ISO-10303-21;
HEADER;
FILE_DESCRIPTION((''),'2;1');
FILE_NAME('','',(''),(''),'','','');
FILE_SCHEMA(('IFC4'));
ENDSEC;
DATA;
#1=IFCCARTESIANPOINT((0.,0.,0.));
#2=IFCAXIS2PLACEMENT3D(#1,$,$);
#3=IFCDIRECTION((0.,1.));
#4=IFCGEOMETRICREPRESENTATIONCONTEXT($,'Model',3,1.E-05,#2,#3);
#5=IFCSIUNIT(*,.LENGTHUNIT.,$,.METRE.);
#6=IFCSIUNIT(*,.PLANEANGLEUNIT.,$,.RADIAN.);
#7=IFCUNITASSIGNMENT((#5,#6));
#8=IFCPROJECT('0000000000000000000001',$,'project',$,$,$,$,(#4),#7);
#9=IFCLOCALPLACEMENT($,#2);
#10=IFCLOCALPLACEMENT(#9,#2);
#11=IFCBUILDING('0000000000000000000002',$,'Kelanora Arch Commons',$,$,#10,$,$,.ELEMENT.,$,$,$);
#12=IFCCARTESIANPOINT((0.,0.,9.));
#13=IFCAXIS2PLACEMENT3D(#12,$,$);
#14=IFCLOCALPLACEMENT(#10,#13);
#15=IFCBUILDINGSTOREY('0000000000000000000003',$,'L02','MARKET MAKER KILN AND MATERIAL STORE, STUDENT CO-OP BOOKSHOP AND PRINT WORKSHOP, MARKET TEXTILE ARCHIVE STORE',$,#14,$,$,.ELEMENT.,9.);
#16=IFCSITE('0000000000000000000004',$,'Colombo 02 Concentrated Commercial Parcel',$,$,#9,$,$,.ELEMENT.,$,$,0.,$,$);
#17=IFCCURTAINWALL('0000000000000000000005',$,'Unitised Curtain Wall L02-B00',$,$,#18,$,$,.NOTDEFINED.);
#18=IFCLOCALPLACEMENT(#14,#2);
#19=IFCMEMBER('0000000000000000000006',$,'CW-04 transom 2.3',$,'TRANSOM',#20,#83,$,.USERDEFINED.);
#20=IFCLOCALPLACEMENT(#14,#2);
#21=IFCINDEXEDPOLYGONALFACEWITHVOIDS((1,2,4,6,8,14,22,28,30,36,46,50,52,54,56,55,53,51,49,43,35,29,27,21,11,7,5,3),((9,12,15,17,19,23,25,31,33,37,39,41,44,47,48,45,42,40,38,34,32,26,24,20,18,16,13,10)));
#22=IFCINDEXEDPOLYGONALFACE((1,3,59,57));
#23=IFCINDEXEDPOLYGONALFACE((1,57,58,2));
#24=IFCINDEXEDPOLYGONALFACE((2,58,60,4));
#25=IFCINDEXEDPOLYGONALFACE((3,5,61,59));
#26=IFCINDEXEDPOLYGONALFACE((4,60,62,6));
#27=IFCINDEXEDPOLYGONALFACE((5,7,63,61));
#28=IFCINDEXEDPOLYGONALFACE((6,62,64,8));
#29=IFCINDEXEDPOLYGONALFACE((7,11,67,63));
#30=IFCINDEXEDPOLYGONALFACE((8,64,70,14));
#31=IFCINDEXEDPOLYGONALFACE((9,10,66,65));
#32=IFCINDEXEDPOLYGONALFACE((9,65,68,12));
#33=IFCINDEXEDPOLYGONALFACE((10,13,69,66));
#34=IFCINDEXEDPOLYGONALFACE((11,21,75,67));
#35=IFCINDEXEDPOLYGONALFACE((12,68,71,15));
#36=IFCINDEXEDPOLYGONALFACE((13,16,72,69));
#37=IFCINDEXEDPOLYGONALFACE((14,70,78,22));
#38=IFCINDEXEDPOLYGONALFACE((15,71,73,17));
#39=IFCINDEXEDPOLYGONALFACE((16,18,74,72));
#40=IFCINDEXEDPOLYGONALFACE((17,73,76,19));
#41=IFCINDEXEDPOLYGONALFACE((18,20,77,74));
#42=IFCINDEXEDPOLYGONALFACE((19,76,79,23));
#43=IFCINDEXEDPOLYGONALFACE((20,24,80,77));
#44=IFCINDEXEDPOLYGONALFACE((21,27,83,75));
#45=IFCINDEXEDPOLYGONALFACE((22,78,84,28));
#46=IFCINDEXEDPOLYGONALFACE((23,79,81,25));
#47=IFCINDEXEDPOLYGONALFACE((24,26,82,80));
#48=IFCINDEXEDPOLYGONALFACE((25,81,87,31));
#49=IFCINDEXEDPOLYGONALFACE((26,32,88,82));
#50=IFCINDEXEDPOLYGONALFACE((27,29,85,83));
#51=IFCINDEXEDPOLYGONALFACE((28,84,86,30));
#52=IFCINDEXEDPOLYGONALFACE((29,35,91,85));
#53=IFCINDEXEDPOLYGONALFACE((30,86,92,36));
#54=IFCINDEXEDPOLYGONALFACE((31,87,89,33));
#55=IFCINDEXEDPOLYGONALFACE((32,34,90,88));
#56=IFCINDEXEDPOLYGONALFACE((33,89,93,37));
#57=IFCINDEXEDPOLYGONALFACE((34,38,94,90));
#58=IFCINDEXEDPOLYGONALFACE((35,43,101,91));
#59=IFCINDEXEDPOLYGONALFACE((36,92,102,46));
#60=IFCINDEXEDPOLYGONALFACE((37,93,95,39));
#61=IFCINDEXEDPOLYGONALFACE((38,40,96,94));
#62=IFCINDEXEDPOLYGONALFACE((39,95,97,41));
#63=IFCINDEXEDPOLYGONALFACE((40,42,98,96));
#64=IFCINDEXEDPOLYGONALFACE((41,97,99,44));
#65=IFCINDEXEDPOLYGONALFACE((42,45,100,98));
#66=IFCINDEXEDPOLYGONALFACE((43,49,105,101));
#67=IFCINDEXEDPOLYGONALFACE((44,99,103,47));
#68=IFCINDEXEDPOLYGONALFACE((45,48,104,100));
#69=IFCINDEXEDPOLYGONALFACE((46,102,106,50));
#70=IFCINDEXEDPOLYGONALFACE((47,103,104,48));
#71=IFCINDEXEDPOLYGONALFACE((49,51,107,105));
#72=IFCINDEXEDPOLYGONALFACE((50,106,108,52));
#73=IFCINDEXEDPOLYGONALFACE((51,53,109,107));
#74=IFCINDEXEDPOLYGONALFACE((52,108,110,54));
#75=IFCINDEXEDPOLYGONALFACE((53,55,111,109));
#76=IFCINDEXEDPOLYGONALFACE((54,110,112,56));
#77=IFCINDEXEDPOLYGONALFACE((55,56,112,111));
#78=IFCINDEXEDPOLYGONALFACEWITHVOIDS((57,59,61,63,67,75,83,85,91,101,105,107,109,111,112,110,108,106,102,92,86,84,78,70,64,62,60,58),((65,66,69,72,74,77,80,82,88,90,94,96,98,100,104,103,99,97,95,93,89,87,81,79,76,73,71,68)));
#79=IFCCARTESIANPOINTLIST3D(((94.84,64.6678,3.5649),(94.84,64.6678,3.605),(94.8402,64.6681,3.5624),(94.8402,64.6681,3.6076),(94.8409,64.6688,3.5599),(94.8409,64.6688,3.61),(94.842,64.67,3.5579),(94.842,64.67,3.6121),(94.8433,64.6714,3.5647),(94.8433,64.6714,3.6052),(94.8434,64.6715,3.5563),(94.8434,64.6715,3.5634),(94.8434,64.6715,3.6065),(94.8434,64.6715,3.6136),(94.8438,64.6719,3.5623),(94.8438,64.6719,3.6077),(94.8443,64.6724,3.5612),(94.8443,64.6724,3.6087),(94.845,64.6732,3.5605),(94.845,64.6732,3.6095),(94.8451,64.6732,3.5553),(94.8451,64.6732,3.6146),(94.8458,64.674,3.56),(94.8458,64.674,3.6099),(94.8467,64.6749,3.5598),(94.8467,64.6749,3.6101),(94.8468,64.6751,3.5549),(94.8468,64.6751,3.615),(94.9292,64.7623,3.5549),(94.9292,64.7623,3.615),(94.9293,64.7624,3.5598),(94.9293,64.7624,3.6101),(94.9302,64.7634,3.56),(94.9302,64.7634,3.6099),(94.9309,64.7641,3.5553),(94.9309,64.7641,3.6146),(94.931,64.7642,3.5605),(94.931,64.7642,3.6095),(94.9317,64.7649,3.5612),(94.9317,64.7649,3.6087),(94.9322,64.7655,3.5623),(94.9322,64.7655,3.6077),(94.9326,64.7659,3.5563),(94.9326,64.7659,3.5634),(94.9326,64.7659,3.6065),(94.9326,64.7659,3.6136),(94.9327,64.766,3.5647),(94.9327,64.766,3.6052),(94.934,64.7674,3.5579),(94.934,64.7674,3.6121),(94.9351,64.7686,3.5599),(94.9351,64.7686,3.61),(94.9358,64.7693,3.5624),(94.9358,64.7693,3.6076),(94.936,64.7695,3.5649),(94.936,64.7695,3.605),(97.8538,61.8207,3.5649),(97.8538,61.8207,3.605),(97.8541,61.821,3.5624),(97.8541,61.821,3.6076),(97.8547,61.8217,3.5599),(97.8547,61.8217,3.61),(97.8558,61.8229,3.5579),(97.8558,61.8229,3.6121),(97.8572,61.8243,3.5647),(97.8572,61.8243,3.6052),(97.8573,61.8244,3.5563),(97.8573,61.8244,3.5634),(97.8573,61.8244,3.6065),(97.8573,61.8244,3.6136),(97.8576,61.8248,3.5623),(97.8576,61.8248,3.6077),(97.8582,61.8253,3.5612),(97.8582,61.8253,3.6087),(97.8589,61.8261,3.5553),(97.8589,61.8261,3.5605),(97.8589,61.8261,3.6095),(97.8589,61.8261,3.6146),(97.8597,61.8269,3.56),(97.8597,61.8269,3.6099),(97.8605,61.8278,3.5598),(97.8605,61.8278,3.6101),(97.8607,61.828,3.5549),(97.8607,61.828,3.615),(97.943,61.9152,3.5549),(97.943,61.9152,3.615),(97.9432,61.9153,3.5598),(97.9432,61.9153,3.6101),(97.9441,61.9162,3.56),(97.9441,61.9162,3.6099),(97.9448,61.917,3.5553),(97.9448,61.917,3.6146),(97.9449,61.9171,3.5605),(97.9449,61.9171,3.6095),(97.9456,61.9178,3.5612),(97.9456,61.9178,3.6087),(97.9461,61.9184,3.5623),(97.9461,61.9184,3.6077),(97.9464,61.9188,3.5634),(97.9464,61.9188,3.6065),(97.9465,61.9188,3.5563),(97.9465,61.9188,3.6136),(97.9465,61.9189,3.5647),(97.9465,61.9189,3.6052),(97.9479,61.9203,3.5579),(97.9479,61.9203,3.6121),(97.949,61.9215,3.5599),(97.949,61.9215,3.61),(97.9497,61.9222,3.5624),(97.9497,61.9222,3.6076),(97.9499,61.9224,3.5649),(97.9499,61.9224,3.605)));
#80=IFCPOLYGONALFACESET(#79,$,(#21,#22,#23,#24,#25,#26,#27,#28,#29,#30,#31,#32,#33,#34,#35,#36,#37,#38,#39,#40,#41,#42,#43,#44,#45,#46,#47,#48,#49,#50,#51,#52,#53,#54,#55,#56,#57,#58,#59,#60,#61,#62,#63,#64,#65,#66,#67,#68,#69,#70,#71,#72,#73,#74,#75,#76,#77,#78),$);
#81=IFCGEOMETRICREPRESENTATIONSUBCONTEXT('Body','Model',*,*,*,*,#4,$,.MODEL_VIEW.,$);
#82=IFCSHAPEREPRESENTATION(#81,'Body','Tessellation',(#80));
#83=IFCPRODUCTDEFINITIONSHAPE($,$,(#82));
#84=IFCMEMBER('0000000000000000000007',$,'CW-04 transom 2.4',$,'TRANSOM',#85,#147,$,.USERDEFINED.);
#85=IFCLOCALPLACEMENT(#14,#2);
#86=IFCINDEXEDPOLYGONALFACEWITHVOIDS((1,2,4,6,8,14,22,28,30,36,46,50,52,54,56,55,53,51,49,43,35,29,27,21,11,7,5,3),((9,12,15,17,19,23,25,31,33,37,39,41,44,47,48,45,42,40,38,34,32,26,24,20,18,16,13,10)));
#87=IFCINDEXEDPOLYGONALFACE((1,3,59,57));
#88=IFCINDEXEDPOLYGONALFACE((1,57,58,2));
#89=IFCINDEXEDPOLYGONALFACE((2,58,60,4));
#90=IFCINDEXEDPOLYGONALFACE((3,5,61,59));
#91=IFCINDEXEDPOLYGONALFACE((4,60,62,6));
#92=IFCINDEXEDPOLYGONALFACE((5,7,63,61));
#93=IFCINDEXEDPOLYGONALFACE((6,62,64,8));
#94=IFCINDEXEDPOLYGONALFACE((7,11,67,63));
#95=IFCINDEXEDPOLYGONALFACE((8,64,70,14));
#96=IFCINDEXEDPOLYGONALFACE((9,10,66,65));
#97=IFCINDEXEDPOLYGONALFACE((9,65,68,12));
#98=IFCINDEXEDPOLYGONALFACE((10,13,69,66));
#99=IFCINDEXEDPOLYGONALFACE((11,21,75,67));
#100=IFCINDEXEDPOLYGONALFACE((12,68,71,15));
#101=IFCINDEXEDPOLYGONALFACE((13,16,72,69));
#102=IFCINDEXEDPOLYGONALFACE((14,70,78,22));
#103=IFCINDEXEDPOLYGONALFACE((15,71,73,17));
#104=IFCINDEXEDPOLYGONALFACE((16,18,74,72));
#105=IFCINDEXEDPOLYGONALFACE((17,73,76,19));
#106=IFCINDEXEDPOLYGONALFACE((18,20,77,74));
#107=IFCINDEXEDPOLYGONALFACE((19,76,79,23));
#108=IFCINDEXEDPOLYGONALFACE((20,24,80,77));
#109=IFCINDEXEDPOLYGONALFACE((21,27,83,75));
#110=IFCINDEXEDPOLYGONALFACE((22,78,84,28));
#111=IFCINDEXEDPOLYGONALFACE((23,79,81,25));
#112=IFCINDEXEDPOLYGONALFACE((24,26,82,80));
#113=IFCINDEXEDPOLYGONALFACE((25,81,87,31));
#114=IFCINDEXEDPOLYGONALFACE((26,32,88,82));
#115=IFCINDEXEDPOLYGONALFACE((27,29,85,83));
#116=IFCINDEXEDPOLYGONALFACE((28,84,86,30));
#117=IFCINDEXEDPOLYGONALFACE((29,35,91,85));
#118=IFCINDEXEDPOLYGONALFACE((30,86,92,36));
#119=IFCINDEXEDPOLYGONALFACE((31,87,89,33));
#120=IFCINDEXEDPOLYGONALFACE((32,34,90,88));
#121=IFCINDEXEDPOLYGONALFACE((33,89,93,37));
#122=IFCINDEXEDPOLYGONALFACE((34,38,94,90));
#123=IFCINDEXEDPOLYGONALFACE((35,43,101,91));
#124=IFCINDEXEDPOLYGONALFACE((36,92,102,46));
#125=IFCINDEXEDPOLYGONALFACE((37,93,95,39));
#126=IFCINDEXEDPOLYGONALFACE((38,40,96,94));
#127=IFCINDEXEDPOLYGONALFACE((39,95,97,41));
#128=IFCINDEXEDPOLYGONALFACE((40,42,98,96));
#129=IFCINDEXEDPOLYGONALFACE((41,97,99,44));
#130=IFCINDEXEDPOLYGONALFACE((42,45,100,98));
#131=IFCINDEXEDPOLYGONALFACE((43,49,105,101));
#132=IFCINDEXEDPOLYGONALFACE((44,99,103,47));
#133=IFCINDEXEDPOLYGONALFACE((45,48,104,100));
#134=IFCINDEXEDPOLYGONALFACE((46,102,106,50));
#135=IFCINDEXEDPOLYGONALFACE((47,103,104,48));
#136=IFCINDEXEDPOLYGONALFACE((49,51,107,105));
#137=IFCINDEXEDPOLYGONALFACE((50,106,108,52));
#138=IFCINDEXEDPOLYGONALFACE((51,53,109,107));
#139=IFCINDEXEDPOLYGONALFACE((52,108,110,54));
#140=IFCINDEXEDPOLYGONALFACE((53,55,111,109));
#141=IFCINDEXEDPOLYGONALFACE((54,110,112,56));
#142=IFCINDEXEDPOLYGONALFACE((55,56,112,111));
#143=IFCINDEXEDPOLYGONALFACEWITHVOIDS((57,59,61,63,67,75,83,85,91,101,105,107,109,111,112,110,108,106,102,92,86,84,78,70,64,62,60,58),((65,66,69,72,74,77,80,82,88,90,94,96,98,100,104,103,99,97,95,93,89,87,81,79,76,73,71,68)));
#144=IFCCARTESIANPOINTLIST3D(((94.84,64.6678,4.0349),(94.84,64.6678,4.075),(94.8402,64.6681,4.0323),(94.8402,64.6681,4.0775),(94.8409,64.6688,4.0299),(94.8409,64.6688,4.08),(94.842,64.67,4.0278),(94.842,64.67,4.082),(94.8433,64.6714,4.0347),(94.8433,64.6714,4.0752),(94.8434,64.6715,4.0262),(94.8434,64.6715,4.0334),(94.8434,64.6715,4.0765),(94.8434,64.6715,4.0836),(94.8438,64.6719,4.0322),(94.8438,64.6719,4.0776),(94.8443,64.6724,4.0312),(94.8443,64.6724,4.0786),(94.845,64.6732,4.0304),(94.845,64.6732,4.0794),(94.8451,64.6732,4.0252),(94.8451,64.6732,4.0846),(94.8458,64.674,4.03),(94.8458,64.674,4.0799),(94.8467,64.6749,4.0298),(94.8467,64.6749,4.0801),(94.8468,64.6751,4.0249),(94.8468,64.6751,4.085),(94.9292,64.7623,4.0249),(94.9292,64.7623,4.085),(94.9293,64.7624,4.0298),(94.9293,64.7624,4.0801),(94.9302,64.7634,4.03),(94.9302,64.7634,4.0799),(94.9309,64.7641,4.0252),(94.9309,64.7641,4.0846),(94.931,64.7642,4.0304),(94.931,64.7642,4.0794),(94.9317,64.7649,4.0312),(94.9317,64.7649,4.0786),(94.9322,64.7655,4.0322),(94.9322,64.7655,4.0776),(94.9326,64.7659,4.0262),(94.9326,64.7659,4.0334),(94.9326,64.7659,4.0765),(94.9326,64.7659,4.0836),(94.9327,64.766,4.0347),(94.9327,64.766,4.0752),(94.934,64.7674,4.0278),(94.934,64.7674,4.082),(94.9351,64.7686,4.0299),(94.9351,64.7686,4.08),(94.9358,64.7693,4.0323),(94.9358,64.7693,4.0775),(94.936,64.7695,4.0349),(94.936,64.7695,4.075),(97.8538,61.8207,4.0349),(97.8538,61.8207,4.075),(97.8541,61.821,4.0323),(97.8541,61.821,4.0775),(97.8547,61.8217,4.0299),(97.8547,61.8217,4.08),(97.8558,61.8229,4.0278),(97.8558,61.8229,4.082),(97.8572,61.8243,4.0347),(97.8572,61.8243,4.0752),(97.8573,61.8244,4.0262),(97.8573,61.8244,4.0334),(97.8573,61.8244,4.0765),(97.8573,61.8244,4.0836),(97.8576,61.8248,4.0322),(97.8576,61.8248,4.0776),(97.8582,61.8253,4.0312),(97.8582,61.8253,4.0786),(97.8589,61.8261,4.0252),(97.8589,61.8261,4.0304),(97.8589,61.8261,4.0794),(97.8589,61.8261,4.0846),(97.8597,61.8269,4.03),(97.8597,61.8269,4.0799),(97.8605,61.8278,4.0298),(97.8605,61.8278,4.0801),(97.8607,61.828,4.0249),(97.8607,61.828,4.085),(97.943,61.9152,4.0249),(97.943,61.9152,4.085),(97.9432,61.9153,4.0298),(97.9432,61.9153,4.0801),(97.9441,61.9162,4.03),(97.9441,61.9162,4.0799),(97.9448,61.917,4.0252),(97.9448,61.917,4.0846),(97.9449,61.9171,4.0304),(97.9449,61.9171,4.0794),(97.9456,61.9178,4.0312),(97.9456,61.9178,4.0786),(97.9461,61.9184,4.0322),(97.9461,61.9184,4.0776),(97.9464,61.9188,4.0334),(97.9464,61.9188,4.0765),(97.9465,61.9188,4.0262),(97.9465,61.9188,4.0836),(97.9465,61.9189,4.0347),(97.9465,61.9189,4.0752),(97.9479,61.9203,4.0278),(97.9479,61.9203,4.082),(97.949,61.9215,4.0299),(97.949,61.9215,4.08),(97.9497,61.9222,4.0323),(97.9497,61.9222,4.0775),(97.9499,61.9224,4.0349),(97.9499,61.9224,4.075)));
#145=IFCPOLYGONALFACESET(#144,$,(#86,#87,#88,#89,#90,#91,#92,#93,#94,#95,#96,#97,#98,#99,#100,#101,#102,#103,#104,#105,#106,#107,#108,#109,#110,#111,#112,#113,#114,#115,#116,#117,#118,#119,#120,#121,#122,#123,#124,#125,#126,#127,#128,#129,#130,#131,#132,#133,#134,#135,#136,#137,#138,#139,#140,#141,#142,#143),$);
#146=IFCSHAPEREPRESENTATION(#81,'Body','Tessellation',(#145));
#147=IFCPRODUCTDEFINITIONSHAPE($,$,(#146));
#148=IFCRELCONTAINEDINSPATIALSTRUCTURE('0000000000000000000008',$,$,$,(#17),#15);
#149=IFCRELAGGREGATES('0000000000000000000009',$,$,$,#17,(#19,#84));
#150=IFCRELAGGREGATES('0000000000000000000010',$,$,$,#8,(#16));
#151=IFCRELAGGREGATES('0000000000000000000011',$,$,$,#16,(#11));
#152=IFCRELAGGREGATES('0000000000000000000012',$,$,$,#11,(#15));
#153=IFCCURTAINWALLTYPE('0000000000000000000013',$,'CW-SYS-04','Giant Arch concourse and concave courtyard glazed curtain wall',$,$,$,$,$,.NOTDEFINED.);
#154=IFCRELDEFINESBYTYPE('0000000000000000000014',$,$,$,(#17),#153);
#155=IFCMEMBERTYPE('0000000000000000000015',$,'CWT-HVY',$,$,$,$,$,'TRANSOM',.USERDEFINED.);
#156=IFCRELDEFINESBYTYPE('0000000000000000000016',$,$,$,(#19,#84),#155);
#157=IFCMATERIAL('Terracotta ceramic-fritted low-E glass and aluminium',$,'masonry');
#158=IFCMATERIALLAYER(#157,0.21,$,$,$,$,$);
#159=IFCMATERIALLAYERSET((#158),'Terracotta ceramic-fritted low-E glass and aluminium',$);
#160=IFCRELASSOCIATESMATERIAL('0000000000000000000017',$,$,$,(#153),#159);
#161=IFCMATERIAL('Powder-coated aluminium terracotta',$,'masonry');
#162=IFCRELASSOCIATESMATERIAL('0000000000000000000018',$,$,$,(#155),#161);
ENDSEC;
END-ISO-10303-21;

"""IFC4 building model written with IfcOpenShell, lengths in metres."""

from ifc_helpers import new_model, si_unit, direction, frame, origin, origin_2d, place, context, subcontext, project, spatial, hollow_rectangle, extrude, material, layer, layer_set, material_profile, profile_set, type_object, element, aggregate, save


model = new_model("IFC4")

# Units and contexts
model_context = context("Model", 3, precision=1e-05, world=origin(), true_north=direction((0.0, 1.0)))
body_context = subcontext(model_context, "Body", "Model", "MODEL_VIEW")
ifc_project = project(units=[si_unit("LENGTHUNIT", "METRE"), si_unit("PLANEANGLEUNIT", "RADIAN")], contexts=[model_context])

# Site, building, storey
site_placement = place(None, origin())
site = spatial("IfcSite", under=ifc_project, at=site_placement, Name="Colombo 02 Concentrated Commercial Parcel", CompositionType="ELEMENT", RefElevation=0.0)
building_placement = place(site_placement, origin())
building = spatial("IfcBuilding", under=site, at=building_placement, Name="Kelanora Arch Commons", CompositionType="ELEMENT")
storey_placement = place(building_placement, frame((0.0, 0.0, 9.0)))
storey = spatial("IfcBuildingStorey", under=building, at=storey_placement, Name="L02", Description="MARKET MAKER KILN AND MATERIAL STORE, STUDENT CO-OP BOOKSHOP AND PRINT WORKSHOP, MARKET TEXTILE ARCHIVE STORE", CompositionType="ELEMENT", Elevation=9.0)

# Curtain wall
ifc_material_1 = material(Name="Terracotta ceramic-fritted low-E glass and aluminium", Category="masonry")
ifc_layer_1 = layer(ifc_material_1, 0.21)
ifc_layer_set_1 = layer_set([ifc_layer_1], Name="Terracotta ceramic-fritted low-E glass and aluminium")
curtain_wall_type = type_object("IfcCurtainWallType", Name="CW-SYS-04", Description="Giant Arch concourse and concave courtyard glazed curtain wall", PredefinedType="NOTDEFINED", material=ifc_layer_set_1)
curtain_wall_1_placement = place(storey_placement, origin())
curtain_wall_1 = element("IfcCurtainWall", 1, at=curtain_wall_1_placement, inside=storey, type_object=curtain_wall_type, Name="Unitised Curtain Wall L02-B00", PredefinedType="NOTDEFINED")
ifc_material_2 = material(Name="Powder-coated aluminium terracotta", Category="masonry")

# Members
ifc_material_profile_1 = material_profile(ifc_material_2, hollow_rectangle(XDim=0.1399, YDim=0.0601, WallThickness=0.0049, InnerFilletRadius=0.0049, OuterFilletRadius=0.01, at=origin_2d()), Name="CWT140x60")
ifc_profile_set_1 = profile_set([ifc_material_profile_1], Name="Powder-coated aluminium terracotta")
member_type_1 = type_object("IfcMemberType", Name="CWT-HVY", ElementType="TRANSOM", PredefinedType="USERDEFINED", material=ifc_profile_set_1)
member_1_placement = place(storey_placement, frame((97.9019, 61.8716, 3.585), z_axis=(-0.72693, 0.686712, 0.0), x_axis=(-0.686712, -0.72693, 0.0)))
member_1 = element("IfcMember", 2, at=member_1_placement, type_object=member_type_1, Name="CW-04 transom 2.3", ObjectType="TRANSOM", PredefinedType="USERDEFINED", context=body_context, shape_type="SweptSolid", body=[
    extrude(hollow_rectangle(XDim=0.1399, YDim=0.0601, WallThickness=0.0049, InnerFilletRadius=0.0049, OuterFilletRadius=0.01, at=origin_2d()), origin(), (0.0, 0.0, 1.0), 4.146),
])
member_2_placement = place(storey_placement, frame((97.9019, 61.8716, 4.0549), z_axis=(-0.72693, 0.686712, 0.0), x_axis=(-0.686712, -0.72693, 0.0)))
member_2 = element("IfcMember", 3, at=member_2_placement, type_object=member_type_1, Name="CW-04 transom 2.4", ObjectType="TRANSOM", PredefinedType="USERDEFINED", context=body_context, shape_type="SweptSolid", body=[
    extrude(hollow_rectangle(XDim=0.1399, YDim=0.0601, WallThickness=0.0049, InnerFilletRadius=0.0049, OuterFilletRadius=0.01, at=origin_2d()), origin(), (0.0, 0.0, 1.0), 4.146),
])

aggregate(curtain_wall_1, [member_1, member_2])

save(model, "model.ifc")
